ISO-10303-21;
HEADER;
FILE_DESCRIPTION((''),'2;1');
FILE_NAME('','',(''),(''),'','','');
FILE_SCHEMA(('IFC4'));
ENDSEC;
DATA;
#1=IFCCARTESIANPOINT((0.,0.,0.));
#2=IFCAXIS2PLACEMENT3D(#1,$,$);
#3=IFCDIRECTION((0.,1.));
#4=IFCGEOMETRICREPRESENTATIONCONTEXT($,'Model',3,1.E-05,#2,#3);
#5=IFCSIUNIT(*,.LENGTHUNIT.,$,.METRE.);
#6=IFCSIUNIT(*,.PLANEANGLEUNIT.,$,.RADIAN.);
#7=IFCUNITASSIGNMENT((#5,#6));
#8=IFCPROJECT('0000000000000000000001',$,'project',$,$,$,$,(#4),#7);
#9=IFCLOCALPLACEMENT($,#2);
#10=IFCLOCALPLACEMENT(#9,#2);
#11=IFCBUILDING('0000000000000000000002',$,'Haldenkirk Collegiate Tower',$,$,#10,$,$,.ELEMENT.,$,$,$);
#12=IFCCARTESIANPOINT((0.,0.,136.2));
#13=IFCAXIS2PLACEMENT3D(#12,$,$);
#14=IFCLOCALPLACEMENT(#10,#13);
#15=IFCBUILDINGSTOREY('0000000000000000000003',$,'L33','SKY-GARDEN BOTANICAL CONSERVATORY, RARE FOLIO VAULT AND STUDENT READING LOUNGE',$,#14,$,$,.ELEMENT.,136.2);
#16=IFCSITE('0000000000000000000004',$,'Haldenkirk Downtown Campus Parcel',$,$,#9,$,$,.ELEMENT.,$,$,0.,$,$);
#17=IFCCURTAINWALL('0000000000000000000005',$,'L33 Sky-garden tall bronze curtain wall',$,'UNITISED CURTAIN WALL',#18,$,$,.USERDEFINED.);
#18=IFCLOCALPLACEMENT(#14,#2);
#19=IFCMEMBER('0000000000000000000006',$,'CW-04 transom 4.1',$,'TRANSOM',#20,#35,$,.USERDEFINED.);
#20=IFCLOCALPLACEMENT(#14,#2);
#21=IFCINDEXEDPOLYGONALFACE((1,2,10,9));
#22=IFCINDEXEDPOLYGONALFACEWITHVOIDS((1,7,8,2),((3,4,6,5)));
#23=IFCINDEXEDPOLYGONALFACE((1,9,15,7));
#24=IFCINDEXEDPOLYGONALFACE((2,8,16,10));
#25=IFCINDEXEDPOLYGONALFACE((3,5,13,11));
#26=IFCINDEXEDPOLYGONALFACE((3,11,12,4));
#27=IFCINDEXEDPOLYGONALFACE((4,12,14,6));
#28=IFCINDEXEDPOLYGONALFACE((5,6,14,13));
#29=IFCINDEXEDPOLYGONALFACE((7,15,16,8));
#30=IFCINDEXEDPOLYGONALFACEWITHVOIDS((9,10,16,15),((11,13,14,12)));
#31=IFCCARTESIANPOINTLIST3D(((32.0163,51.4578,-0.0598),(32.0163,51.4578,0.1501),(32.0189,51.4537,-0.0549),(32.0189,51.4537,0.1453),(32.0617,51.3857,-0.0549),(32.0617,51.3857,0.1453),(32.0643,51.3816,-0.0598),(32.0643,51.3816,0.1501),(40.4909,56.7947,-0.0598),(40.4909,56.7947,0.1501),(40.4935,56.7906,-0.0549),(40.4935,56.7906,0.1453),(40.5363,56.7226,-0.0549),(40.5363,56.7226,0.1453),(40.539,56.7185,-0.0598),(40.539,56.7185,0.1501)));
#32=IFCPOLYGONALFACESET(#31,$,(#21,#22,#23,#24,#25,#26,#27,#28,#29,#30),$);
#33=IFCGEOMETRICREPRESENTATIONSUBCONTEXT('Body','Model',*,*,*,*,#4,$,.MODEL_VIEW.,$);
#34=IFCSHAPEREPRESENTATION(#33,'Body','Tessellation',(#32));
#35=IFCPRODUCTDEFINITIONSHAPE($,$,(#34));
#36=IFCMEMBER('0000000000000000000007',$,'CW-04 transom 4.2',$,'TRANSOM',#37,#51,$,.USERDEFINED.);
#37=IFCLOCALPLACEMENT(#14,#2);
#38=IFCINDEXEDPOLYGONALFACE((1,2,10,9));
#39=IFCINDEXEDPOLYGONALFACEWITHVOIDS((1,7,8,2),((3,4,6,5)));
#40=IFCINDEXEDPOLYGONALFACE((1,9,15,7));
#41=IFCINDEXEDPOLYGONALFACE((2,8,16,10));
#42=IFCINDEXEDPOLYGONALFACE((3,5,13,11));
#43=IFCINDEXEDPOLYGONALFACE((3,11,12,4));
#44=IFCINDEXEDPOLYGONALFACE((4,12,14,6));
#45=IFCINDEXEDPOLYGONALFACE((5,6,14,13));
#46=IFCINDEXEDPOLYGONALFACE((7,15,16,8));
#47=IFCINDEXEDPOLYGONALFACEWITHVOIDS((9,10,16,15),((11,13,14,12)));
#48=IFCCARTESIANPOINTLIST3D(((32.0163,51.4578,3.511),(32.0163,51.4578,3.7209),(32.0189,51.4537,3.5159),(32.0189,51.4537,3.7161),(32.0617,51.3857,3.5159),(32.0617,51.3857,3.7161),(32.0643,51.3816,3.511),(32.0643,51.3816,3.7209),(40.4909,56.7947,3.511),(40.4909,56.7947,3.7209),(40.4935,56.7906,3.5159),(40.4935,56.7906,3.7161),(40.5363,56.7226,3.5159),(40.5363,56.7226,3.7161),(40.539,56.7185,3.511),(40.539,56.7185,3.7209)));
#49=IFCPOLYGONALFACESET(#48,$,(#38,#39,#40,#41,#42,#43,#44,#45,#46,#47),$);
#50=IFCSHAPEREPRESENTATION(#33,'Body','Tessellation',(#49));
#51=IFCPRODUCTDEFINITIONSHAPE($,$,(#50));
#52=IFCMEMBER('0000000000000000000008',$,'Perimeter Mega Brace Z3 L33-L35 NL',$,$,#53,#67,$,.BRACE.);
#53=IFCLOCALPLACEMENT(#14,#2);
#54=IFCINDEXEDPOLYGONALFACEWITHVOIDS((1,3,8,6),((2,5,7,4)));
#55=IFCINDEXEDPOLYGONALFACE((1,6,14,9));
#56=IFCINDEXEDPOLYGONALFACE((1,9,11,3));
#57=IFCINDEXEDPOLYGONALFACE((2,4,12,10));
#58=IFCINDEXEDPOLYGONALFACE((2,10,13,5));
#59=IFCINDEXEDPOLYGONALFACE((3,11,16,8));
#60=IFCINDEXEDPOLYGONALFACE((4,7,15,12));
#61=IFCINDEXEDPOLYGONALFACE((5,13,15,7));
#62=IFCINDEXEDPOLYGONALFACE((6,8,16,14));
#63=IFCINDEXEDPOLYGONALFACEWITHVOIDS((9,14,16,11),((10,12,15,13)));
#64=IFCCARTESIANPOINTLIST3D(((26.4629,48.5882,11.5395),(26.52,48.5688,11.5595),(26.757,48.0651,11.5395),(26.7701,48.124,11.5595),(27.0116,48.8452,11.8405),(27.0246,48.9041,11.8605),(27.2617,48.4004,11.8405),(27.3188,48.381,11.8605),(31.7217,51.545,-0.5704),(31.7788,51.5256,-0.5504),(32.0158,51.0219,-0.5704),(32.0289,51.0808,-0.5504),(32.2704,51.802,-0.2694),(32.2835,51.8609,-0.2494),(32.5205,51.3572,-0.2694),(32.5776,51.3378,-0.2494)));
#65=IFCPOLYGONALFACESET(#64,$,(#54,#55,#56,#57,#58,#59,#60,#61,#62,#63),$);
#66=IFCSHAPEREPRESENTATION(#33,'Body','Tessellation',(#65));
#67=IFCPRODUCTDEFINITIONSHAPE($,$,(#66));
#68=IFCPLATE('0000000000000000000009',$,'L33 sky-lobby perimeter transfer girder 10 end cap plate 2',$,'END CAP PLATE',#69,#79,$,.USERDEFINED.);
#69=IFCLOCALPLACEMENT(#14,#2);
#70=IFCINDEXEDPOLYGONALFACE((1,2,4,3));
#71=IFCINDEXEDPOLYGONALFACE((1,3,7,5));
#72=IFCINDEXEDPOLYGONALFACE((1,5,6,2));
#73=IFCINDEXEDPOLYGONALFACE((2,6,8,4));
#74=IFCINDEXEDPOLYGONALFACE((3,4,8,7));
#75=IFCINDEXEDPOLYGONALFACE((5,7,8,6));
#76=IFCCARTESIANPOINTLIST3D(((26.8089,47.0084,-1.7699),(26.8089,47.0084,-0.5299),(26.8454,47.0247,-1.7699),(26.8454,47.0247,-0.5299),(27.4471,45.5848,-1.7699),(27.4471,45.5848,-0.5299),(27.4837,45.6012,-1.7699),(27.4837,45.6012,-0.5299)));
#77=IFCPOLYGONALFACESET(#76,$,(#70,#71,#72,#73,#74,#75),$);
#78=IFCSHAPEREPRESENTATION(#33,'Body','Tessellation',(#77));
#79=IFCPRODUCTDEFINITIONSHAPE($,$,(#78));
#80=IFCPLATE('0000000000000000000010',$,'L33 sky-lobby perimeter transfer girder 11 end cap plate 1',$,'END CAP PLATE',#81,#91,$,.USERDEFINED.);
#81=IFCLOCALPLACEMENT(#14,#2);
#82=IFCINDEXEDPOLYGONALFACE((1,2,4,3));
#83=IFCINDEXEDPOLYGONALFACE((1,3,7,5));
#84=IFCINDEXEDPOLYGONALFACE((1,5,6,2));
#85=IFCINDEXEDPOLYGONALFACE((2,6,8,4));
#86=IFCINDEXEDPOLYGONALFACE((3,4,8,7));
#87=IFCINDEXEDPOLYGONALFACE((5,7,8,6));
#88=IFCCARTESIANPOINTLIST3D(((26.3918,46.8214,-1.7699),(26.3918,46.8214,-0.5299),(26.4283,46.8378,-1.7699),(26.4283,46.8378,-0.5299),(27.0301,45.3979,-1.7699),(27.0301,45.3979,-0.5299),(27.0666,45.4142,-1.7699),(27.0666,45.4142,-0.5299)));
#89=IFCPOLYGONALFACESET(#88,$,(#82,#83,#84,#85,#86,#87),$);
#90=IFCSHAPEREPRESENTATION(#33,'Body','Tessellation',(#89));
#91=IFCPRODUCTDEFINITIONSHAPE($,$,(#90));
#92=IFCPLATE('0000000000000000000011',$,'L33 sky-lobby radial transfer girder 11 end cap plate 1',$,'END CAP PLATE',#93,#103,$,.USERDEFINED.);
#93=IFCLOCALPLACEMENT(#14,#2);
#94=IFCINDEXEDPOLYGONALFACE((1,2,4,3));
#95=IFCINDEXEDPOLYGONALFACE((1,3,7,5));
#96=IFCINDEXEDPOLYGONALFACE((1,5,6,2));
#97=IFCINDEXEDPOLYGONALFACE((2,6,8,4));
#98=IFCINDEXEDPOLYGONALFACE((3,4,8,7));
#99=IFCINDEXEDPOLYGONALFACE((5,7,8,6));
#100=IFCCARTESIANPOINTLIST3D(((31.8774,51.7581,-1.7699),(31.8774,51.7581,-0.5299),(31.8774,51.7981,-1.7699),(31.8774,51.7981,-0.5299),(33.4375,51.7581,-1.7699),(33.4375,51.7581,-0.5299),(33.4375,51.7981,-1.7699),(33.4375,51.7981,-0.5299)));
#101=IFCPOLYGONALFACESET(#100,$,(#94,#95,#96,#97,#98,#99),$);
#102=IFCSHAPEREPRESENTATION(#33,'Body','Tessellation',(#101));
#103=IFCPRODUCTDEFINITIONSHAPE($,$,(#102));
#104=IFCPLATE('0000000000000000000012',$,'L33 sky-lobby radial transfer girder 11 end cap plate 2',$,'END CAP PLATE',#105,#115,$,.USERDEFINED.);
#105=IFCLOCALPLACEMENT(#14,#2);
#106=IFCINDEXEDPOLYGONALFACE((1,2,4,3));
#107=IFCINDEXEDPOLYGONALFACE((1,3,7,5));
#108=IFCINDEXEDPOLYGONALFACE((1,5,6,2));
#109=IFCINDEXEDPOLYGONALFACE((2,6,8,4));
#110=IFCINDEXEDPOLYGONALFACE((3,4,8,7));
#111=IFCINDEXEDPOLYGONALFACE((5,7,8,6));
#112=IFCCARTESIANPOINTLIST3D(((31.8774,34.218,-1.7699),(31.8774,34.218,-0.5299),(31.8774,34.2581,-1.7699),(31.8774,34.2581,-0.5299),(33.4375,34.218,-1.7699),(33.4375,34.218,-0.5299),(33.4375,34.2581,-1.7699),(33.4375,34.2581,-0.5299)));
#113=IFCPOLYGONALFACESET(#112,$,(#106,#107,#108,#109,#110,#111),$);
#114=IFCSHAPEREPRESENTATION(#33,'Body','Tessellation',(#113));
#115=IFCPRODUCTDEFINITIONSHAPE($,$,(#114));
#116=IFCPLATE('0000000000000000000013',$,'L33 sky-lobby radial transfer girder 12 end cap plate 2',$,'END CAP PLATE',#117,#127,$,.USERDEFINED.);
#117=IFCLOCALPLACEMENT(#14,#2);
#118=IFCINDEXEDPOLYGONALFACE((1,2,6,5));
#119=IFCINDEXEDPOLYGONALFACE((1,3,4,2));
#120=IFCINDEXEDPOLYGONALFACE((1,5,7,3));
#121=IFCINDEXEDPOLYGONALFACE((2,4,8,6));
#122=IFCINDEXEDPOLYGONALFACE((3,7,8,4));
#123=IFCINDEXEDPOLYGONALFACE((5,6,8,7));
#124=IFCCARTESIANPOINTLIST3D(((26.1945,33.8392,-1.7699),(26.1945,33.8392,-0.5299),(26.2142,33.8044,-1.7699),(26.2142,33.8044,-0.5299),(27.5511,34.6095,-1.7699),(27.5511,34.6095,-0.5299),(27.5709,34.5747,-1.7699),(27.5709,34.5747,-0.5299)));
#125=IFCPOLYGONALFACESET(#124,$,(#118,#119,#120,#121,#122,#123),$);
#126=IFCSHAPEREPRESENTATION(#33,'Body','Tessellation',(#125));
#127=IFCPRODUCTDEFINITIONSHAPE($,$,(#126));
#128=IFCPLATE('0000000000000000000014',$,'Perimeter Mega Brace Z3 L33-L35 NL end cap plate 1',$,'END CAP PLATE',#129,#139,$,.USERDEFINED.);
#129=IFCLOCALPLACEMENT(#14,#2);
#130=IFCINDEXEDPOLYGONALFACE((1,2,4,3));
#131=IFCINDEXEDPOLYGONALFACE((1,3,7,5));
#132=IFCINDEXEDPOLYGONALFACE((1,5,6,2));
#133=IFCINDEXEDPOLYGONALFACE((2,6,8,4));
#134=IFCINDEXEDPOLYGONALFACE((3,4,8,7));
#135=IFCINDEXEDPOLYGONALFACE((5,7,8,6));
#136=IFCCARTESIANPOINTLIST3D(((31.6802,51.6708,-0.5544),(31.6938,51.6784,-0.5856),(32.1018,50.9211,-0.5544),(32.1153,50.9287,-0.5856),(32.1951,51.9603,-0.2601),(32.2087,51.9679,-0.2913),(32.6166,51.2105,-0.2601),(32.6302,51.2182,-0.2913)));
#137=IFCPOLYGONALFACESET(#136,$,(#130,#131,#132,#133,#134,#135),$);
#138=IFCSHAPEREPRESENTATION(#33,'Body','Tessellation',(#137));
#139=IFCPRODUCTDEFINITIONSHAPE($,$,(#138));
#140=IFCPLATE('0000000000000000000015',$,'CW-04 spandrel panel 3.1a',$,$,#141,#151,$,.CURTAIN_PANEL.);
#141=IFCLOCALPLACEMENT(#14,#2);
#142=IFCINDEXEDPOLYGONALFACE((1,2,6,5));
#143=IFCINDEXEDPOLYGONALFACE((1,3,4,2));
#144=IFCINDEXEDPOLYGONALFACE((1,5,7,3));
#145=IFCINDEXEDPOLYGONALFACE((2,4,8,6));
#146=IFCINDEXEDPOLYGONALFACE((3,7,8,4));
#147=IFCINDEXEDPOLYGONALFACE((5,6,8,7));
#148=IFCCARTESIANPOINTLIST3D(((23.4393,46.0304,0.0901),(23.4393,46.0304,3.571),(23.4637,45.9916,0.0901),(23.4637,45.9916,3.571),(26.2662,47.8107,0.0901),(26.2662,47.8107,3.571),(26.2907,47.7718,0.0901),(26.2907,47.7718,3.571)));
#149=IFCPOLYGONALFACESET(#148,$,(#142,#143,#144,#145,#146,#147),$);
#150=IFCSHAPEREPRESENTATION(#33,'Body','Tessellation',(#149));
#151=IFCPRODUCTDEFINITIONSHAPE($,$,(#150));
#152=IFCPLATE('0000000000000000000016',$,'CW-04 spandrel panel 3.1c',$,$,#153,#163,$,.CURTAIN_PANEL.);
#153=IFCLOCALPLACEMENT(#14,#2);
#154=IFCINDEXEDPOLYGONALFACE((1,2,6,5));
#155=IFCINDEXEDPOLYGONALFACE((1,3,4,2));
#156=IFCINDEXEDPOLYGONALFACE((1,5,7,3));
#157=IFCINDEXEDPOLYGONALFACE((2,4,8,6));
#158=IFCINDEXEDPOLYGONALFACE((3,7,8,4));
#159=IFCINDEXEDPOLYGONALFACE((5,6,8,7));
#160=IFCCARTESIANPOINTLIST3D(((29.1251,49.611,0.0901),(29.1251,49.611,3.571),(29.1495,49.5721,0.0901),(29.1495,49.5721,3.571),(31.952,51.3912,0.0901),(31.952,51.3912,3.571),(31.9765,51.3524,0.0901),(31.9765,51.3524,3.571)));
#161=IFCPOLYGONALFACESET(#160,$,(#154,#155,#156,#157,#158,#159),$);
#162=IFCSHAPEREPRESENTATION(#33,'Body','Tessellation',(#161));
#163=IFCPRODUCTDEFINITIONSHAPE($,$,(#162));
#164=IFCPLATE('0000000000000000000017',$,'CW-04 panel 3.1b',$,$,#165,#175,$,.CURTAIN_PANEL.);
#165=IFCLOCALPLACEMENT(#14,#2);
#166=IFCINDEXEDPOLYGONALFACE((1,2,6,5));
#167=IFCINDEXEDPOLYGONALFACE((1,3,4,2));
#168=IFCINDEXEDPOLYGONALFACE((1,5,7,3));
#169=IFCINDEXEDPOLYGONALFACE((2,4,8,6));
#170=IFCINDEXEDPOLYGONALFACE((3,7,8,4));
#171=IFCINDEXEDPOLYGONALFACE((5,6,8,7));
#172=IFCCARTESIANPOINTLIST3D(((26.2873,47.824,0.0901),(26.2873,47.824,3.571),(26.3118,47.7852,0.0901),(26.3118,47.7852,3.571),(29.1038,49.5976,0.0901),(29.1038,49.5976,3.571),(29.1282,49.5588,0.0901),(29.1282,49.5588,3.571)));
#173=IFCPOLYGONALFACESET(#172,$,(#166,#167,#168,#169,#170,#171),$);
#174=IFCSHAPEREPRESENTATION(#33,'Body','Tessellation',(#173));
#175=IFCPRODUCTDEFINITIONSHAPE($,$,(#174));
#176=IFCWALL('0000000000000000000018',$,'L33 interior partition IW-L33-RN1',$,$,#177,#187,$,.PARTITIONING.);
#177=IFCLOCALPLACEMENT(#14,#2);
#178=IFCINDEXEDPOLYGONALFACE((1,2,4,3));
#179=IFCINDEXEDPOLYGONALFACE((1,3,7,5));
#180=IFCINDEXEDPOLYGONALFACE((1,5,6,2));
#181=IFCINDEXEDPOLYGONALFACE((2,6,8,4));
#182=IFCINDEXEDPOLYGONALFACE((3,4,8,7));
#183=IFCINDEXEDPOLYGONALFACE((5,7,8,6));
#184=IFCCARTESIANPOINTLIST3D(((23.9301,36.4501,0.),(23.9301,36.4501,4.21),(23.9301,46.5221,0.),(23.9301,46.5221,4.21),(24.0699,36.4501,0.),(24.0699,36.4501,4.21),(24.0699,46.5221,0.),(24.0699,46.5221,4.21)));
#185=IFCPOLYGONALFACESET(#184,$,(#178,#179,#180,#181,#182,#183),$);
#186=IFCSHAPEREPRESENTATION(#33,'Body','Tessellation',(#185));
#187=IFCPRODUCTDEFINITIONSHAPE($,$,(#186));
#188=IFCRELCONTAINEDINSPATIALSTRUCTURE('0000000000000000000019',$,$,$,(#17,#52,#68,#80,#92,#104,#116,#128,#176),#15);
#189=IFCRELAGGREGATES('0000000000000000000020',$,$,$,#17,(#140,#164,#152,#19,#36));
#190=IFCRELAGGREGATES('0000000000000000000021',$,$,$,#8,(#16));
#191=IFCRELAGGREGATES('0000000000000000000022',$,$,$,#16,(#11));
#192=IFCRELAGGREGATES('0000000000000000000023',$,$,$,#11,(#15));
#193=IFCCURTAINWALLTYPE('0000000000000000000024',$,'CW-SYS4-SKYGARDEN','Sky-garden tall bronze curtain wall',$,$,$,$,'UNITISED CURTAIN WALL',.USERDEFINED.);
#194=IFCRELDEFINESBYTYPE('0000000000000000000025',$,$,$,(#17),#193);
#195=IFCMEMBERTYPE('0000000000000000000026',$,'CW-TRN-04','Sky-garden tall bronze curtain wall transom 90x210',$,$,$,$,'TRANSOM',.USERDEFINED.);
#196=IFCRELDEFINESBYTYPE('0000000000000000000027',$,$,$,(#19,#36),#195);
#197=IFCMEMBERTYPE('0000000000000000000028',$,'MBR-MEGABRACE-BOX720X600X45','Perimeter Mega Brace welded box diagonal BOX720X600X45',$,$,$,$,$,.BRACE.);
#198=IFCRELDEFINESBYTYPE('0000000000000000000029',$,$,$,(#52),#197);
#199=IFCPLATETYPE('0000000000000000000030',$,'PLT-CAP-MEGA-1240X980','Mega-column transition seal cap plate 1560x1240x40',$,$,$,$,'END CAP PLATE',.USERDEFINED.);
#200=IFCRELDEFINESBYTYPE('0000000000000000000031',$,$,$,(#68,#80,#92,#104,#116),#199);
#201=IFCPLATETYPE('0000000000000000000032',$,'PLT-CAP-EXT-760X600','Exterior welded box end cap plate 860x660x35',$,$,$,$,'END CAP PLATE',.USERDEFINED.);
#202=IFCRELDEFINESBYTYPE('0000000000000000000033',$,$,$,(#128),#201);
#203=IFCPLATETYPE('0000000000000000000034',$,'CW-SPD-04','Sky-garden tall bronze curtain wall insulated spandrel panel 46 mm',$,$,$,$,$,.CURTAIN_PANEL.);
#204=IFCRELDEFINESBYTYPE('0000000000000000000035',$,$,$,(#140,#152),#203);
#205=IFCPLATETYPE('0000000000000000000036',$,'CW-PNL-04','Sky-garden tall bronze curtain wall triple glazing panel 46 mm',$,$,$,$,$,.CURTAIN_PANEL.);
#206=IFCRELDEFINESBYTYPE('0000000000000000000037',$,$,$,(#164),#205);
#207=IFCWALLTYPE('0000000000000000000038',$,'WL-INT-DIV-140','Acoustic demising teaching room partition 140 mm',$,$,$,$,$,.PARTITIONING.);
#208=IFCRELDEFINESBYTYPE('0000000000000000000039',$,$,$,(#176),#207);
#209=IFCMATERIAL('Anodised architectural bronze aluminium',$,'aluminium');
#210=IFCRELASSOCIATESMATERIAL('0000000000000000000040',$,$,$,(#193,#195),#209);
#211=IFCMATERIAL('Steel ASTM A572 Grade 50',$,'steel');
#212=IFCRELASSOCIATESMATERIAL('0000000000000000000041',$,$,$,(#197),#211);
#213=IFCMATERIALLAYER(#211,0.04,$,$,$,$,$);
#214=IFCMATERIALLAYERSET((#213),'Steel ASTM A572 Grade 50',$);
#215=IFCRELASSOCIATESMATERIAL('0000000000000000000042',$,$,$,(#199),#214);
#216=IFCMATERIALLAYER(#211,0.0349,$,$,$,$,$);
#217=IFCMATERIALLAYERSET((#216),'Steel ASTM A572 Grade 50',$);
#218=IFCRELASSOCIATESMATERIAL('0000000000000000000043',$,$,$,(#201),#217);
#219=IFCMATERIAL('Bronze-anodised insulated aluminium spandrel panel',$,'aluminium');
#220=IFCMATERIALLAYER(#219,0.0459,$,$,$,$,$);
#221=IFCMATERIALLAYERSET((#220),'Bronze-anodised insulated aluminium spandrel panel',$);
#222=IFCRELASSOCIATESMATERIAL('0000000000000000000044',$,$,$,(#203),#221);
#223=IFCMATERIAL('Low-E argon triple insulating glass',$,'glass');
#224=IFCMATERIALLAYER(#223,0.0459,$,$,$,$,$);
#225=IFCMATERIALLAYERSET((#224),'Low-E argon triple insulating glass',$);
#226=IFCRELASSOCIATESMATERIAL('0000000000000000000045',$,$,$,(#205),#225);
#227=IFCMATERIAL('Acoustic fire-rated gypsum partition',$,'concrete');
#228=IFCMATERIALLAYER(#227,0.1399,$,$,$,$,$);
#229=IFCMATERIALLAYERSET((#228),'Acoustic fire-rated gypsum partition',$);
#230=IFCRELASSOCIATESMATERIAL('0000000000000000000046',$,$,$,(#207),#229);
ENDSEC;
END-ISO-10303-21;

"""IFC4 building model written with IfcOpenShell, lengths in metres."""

from ifc_helpers import new_model, si_unit, direction, frame, frame_2d, origin, origin_2d, place, context, subcontext, project, spatial, rectangle, hollow_rectangle, extrude, source, transform, mapped, material, layer, layer_set, material_profile, profile_set, type_object, element, aggregate, save


model = new_model("IFC4")

# Units and contexts
model_context = context("Model", 3, precision=1e-05, world=origin(), true_north=direction((0.0, 1.0)))
body_context = subcontext(model_context, "Body", "Model", "MODEL_VIEW")
ifc_project = project(units=[si_unit("LENGTHUNIT", "METRE"), si_unit("PLANEANGLEUNIT", "RADIAN")], contexts=[model_context])

# Site, building, storey
site_placement = place(None, origin())
site = spatial("IfcSite", under=ifc_project, at=site_placement, Name="Haldenkirk Downtown Campus Parcel", CompositionType="ELEMENT", RefElevation=0.0)
building_placement = place(site_placement, origin())
building = spatial("IfcBuilding", under=site, at=building_placement, Name="Haldenkirk Collegiate Tower", CompositionType="ELEMENT")
storey_placement = place(building_placement, frame((0.0, 0.0, 136.2)))
storey = spatial("IfcBuildingStorey", under=building, at=storey_placement, Name="L33", Description="SKY-GARDEN BOTANICAL CONSERVATORY, RARE FOLIO VAULT AND STUDENT READING LOUNGE", CompositionType="ELEMENT", Elevation=136.2)

# Shared definitions
ifc_material_1 = material(Name="Steel ASTM A572 Grade 50", Category="steel")

# Curtain wall, members
ifc_material_2 = material(Name="Anodised architectural bronze aluminium", Category="aluminium")
curtain_wall_type = type_object("IfcCurtainWallType", Name="CW-SYS4-SKYGARDEN", Description="Sky-garden tall bronze curtain wall", ElementType="UNITISED CURTAIN WALL", PredefinedType="USERDEFINED", material=ifc_material_2)
curtain_wall_placement = place(storey_placement, origin())
curtain_wall = element("IfcCurtainWall", 1, at=curtain_wall_placement, inside=storey, type_object=curtain_wall_type, Name="L33 Sky-garden tall bronze curtain wall", ObjectType="UNITISED CURTAIN WALL", PredefinedType="USERDEFINED")
ifc_material_profile_1 = material_profile(ifc_material_2, hollow_rectangle(XDim=0.0901, YDim=0.21, WallThickness=0.0049, at=origin_2d()), Name="CW-TRN-04")
ifc_profile_set_1 = profile_set([ifc_material_profile_1], Name="Anodised architectural bronze aluminium")
member_type_1 = type_object("IfcMemberType", Name="CW-TRN-04", Description="Sky-garden tall bronze curtain wall transom 90x210", ElementType="TRANSOM", PredefinedType="USERDEFINED", material=ifc_profile_set_1)
member_1_placement = place(storey_placement, frame((32.0403, 51.4197, 0.0452), z_axis=(0.846186, 0.532888, 0.0), x_axis=(-0.532888, 0.846186, 0.0)))
member_1 = element("IfcMember", 2, at=member_1_placement, type_object=member_type_1, Name="CW-04 transom 4.1", ObjectType="TRANSOM", PredefinedType="USERDEFINED", context=body_context, shape_type="SweptSolid", body=[
    extrude(hollow_rectangle(XDim=0.0901, YDim=0.21, WallThickness=0.0049, at=origin_2d()), origin(), (0.0, 0.0, 1.0), 10.0151),
])
member_2_placement = place(storey_placement, frame((32.0403, 51.4197, 3.616), z_axis=(0.846186, 0.532888, 0.0), x_axis=(-0.532888, 0.846186, 0.0)))
member_2 = element("IfcMember", 3, at=member_2_placement, type_object=member_type_1, Name="CW-04 transom 4.2", ObjectType="TRANSOM", PredefinedType="USERDEFINED", context=body_context, shape_type="SweptSolid", body=[
    extrude(hollow_rectangle(XDim=0.0901, YDim=0.21, WallThickness=0.0049, at=origin_2d()), origin(), (0.0, 0.0, 1.0), 10.0151),
])

# Member
ifc_material_profile_2 = material_profile(ifc_material_1, hollow_rectangle(XDim=0.6001, YDim=0.72, WallThickness=0.0449, at=origin_2d()), Name="BOX720X600X45")
ifc_profile_set_2 = profile_set([ifc_material_profile_2], Name="Steel ASTM A572 Grade 50")
member_type_2 = type_object("IfcMemberType", Name="MBR-MEGABRACE-BOX720X600X45", Description="Perimeter Mega Brace welded box diagonal BOX720X600X45", PredefinedType="BRACE", material=ifc_profile_set_2)
member_3_placement = place(storey_placement, frame((32.1497, 51.4414, -0.4099), z_axis=(-0.388692, -0.218544, 0.895074), x_axis=(0.4901, -0.871666, 0.0)))
element("IfcMember", 4, at=member_3_placement, inside=storey, type_object=member_type_2, Name="Perimeter Mega Brace Z3 L33-L35 NL", PredefinedType="BRACE", context=body_context, shape_type="SweptSolid", body=[
    extrude(hollow_rectangle(XDim=0.6001, YDim=0.72, WallThickness=0.0449, at=origin_2d()), origin(), (0.0, 0.0, 1.0), 13.5295),
])

# Plates
ifc_layer_1 = layer(ifc_material_1, 0.04)
ifc_layer_set_1 = layer_set([ifc_layer_1], Name="Steel ASTM A572 Grade 50")
plate_type_1 = type_object("IfcPlateType", Name="PLT-CAP-MEGA-1240X980", Description="Mega-column transition seal cap plate 1560x1240x40", ElementType="END CAP PLATE", PredefinedType="USERDEFINED", material=ifc_layer_set_1)
shared_shape_1 = source(origin(), body_context, "Body", "SweptSolid", [
    extrude(rectangle(XDim=1.5601, YDim=1.24, at=origin_2d()), origin(), (0.0, 0.0, 1.0), 0.04),
])
for number, where, z_axis, x_axis, name in (
    (5, (27.1646, 46.313, -1.1499), (-0.912477, -0.409129, 0.0), (0.409129, -0.912477, 0.0), "L33 sky-lobby perimeter transfer girder 10 end cap plate 2"),
    (6, (26.7109, 46.1096, -1.1499), (0.912476, 0.409131, 0.0), (-0.409131, 0.912476, 0.0), "L33 sky-lobby perimeter transfer girder 11 end cap plate 1"),
    (7, (32.6575, 51.7581, -1.1499), (0.0, 1.0, 0.0), (-1.0, 0.0, 0.0), "L33 sky-lobby radial transfer girder 11 end cap plate 1"),
    (8, (32.6575, 34.2581, -1.1499), (0.0, -1.0, 0.0), (1.0, 0.0, 0.0), "L33 sky-lobby radial transfer girder 11 end cap plate 2"),
    (9, (26.8728, 34.2244, -1.1499), (0.493737, -0.869611, 0.0), (0.869611, 0.493737, 0.0), "L33 sky-lobby radial transfer girder 12 end cap plate 2"),
):
    element("IfcPlate", number, at=place(storey_placement, frame(where, z_axis=z_axis, x_axis=x_axis)), inside=storey, type_object=plate_type_1, Name=name, ObjectType="END CAP PLATE", PredefinedType="USERDEFINED", context=body_context, shape_type="MappedRepresentation", body=[
        mapped(shared_shape_1, transform((0.0, 0.0, 0.0), x_axis=(1.0, 0.0, 0.0), y_axis=(0.0, 1.0, 0.0), z_axis=(0.0, 0.0, 1.0), scale=1.0)),
    ])
ifc_layer_2 = layer(ifc_material_1, 0.0349)
ifc_layer_set_2 = layer_set([ifc_layer_2], Name="Steel ASTM A572 Grade 50")
plate_type_2 = type_object("IfcPlateType", Name="PLT-CAP-EXT-760X600", Description="Exterior welded box end cap plate 860x660x35", ElementType="END CAP PLATE", PredefinedType="USERDEFINED", material=ifc_layer_set_2)
shared_shape_2 = source(origin(), body_context, "Body", "SweptSolid", [
    extrude(rectangle(XDim=0.8601, YDim=0.6599, at=origin_2d()), origin(), (0.0, 0.0, 1.0), 0.0349),
])
plate_1_placement = place(storey_placement, frame((32.1484, 51.4407, -0.4072), z_axis=(0.388689, 0.218536, -0.895077), x_axis=(-0.490088, 0.871673, 0.0)))
element("IfcPlate", 10, at=plate_1_placement, inside=storey, type_object=plate_type_2, Name="Perimeter Mega Brace Z3 L33-L35 NL end cap plate 1", ObjectType="END CAP PLATE", PredefinedType="USERDEFINED", context=body_context, shape_type="MappedRepresentation", body=[
    mapped(shared_shape_2, transform((0.0, 0.0, 0.0), x_axis=(1.0, 0.0, 0.0), y_axis=(0.0, 1.0, 0.0), z_axis=(0.0, 0.0, 1.0), scale=1.0)),
])

# Plates
ifc_material_3 = material(Name="Bronze-anodised insulated aluminium spandrel panel", Category="aluminium")
ifc_layer_3 = layer(ifc_material_3, 0.0459)
ifc_layer_set_3 = layer_set([ifc_layer_3], Name="Bronze-anodised insulated aluminium spandrel panel")
plate_type_3 = type_object("IfcPlateType", Name="CW-SPD-04", Description="Sky-garden tall bronze curtain wall insulated spandrel panel 46 mm", PredefinedType="CURTAIN_PANEL", material=ifc_layer_set_3)
shared_shape_3 = source(origin(), body_context, "Body", "SweptSolid", [
    extrude(rectangle(XDim=3.3408, YDim=0.0459, at=origin_2d()), origin(), (0.0, 0.0, 1.0), 3.481),
])
plate_2_placement = place(storey_placement, frame((24.865, 46.9011, 0.0901), z_axis=(0.0, 0.0, 1.0), x_axis=(0.846193, 0.532877, 0.0)))
plate_2 = element("IfcPlate", 11, at=plate_2_placement, type_object=plate_type_3, Name="CW-04 spandrel panel 3.1a", PredefinedType="CURTAIN_PANEL", context=body_context, shape_type="MappedRepresentation", body=[
    mapped(shared_shape_3, transform((0.0, 0.0, 0.0), x_axis=(1.0, 0.0, 0.0), y_axis=(0.0, 1.0, 0.0), z_axis=(0.0, 0.0, 1.0), scale=1.0)),
])
plate_3_placement = place(storey_placement, frame((30.5508, 50.4817, 0.0901), z_axis=(0.0, 0.0, 1.0), x_axis=(0.846193, 0.532877, 0.0)))
plate_3 = element("IfcPlate", 12, at=plate_3_placement, type_object=plate_type_3, Name="CW-04 spandrel panel 3.1c", PredefinedType="CURTAIN_PANEL", context=body_context, shape_type="MappedRepresentation", body=[
    mapped(shared_shape_3, transform((0.0, 0.0, 0.0), x_axis=(1.0, 0.0, 0.0), y_axis=(0.0, 1.0, 0.0), z_axis=(0.0, 0.0, 1.0), scale=1.0)),
])
ifc_material_4 = material(Name="Low-E argon triple insulating glass", Category="glass")
ifc_layer_4 = layer(ifc_material_4, 0.0459)
ifc_layer_set_4 = layer_set([ifc_layer_4], Name="Low-E argon triple insulating glass")
plate_type_4 = type_object("IfcPlateType", Name="CW-PNL-04", Description="Sky-garden tall bronze curtain wall triple glazing panel 46 mm", PredefinedType="CURTAIN_PANEL", material=ifc_layer_set_4)
shared_shape_4 = source(origin(), body_context, "Body", "SweptSolid", [
    extrude(rectangle(XDim=3.3284, YDim=0.0459, at=origin_2d()), origin(), (0.0, 0.0, 1.0), 3.481),
])
plate_4_placement = place(storey_placement, frame((27.7078, 48.6914, 0.0901), z_axis=(0.0, 0.0, 1.0), x_axis=(0.846193, 0.532877, 0.0)))
plate_4 = element("IfcPlate", 13, at=plate_4_placement, type_object=plate_type_4, Name="CW-04 panel 3.1b", PredefinedType="CURTAIN_PANEL", context=body_context, shape_type="MappedRepresentation", body=[
    mapped(shared_shape_4, transform((0.0, 0.0, 0.0), x_axis=(1.0, 0.0, 0.0), y_axis=(0.0, 1.0, 0.0), z_axis=(0.0, 0.0, 1.0), scale=1.0)),
])
aggregate(curtain_wall, [plate_2, plate_4, plate_3, member_1, member_2])

# Wall
ifc_material_5 = material(Name="Acoustic fire-rated gypsum partition", Category="concrete")
ifc_layer_5 = layer(ifc_material_5, 0.1399)
ifc_layer_set_5 = layer_set([ifc_layer_5], Name="Acoustic fire-rated gypsum partition")
wall_type = type_object("IfcWallType", Name="WL-INT-DIV-140", Description="Acoustic demising teaching room partition 140 mm", PredefinedType="PARTITIONING", material=ifc_layer_set_5)
wall_placement = place(storey_placement, frame((24.0, 36.45, 0.0), z_axis=(0.0, 0.0, 1.0), x_axis=(0.0, 1.0, 0.0)))
element("IfcWall", 14, at=wall_placement, inside=storey, type_object=wall_type, Name="L33 interior partition IW-L33-RN1", PredefinedType="PARTITIONING", context=body_context, shape_type="SweptSolid", body=[
    extrude(rectangle(XDim=10.072, YDim=0.1399, at=frame_2d((5.0361, 0.0))), origin(), (0.0, 0.0, 1.0), 4.21),
])

save(model, "model.ifc")
